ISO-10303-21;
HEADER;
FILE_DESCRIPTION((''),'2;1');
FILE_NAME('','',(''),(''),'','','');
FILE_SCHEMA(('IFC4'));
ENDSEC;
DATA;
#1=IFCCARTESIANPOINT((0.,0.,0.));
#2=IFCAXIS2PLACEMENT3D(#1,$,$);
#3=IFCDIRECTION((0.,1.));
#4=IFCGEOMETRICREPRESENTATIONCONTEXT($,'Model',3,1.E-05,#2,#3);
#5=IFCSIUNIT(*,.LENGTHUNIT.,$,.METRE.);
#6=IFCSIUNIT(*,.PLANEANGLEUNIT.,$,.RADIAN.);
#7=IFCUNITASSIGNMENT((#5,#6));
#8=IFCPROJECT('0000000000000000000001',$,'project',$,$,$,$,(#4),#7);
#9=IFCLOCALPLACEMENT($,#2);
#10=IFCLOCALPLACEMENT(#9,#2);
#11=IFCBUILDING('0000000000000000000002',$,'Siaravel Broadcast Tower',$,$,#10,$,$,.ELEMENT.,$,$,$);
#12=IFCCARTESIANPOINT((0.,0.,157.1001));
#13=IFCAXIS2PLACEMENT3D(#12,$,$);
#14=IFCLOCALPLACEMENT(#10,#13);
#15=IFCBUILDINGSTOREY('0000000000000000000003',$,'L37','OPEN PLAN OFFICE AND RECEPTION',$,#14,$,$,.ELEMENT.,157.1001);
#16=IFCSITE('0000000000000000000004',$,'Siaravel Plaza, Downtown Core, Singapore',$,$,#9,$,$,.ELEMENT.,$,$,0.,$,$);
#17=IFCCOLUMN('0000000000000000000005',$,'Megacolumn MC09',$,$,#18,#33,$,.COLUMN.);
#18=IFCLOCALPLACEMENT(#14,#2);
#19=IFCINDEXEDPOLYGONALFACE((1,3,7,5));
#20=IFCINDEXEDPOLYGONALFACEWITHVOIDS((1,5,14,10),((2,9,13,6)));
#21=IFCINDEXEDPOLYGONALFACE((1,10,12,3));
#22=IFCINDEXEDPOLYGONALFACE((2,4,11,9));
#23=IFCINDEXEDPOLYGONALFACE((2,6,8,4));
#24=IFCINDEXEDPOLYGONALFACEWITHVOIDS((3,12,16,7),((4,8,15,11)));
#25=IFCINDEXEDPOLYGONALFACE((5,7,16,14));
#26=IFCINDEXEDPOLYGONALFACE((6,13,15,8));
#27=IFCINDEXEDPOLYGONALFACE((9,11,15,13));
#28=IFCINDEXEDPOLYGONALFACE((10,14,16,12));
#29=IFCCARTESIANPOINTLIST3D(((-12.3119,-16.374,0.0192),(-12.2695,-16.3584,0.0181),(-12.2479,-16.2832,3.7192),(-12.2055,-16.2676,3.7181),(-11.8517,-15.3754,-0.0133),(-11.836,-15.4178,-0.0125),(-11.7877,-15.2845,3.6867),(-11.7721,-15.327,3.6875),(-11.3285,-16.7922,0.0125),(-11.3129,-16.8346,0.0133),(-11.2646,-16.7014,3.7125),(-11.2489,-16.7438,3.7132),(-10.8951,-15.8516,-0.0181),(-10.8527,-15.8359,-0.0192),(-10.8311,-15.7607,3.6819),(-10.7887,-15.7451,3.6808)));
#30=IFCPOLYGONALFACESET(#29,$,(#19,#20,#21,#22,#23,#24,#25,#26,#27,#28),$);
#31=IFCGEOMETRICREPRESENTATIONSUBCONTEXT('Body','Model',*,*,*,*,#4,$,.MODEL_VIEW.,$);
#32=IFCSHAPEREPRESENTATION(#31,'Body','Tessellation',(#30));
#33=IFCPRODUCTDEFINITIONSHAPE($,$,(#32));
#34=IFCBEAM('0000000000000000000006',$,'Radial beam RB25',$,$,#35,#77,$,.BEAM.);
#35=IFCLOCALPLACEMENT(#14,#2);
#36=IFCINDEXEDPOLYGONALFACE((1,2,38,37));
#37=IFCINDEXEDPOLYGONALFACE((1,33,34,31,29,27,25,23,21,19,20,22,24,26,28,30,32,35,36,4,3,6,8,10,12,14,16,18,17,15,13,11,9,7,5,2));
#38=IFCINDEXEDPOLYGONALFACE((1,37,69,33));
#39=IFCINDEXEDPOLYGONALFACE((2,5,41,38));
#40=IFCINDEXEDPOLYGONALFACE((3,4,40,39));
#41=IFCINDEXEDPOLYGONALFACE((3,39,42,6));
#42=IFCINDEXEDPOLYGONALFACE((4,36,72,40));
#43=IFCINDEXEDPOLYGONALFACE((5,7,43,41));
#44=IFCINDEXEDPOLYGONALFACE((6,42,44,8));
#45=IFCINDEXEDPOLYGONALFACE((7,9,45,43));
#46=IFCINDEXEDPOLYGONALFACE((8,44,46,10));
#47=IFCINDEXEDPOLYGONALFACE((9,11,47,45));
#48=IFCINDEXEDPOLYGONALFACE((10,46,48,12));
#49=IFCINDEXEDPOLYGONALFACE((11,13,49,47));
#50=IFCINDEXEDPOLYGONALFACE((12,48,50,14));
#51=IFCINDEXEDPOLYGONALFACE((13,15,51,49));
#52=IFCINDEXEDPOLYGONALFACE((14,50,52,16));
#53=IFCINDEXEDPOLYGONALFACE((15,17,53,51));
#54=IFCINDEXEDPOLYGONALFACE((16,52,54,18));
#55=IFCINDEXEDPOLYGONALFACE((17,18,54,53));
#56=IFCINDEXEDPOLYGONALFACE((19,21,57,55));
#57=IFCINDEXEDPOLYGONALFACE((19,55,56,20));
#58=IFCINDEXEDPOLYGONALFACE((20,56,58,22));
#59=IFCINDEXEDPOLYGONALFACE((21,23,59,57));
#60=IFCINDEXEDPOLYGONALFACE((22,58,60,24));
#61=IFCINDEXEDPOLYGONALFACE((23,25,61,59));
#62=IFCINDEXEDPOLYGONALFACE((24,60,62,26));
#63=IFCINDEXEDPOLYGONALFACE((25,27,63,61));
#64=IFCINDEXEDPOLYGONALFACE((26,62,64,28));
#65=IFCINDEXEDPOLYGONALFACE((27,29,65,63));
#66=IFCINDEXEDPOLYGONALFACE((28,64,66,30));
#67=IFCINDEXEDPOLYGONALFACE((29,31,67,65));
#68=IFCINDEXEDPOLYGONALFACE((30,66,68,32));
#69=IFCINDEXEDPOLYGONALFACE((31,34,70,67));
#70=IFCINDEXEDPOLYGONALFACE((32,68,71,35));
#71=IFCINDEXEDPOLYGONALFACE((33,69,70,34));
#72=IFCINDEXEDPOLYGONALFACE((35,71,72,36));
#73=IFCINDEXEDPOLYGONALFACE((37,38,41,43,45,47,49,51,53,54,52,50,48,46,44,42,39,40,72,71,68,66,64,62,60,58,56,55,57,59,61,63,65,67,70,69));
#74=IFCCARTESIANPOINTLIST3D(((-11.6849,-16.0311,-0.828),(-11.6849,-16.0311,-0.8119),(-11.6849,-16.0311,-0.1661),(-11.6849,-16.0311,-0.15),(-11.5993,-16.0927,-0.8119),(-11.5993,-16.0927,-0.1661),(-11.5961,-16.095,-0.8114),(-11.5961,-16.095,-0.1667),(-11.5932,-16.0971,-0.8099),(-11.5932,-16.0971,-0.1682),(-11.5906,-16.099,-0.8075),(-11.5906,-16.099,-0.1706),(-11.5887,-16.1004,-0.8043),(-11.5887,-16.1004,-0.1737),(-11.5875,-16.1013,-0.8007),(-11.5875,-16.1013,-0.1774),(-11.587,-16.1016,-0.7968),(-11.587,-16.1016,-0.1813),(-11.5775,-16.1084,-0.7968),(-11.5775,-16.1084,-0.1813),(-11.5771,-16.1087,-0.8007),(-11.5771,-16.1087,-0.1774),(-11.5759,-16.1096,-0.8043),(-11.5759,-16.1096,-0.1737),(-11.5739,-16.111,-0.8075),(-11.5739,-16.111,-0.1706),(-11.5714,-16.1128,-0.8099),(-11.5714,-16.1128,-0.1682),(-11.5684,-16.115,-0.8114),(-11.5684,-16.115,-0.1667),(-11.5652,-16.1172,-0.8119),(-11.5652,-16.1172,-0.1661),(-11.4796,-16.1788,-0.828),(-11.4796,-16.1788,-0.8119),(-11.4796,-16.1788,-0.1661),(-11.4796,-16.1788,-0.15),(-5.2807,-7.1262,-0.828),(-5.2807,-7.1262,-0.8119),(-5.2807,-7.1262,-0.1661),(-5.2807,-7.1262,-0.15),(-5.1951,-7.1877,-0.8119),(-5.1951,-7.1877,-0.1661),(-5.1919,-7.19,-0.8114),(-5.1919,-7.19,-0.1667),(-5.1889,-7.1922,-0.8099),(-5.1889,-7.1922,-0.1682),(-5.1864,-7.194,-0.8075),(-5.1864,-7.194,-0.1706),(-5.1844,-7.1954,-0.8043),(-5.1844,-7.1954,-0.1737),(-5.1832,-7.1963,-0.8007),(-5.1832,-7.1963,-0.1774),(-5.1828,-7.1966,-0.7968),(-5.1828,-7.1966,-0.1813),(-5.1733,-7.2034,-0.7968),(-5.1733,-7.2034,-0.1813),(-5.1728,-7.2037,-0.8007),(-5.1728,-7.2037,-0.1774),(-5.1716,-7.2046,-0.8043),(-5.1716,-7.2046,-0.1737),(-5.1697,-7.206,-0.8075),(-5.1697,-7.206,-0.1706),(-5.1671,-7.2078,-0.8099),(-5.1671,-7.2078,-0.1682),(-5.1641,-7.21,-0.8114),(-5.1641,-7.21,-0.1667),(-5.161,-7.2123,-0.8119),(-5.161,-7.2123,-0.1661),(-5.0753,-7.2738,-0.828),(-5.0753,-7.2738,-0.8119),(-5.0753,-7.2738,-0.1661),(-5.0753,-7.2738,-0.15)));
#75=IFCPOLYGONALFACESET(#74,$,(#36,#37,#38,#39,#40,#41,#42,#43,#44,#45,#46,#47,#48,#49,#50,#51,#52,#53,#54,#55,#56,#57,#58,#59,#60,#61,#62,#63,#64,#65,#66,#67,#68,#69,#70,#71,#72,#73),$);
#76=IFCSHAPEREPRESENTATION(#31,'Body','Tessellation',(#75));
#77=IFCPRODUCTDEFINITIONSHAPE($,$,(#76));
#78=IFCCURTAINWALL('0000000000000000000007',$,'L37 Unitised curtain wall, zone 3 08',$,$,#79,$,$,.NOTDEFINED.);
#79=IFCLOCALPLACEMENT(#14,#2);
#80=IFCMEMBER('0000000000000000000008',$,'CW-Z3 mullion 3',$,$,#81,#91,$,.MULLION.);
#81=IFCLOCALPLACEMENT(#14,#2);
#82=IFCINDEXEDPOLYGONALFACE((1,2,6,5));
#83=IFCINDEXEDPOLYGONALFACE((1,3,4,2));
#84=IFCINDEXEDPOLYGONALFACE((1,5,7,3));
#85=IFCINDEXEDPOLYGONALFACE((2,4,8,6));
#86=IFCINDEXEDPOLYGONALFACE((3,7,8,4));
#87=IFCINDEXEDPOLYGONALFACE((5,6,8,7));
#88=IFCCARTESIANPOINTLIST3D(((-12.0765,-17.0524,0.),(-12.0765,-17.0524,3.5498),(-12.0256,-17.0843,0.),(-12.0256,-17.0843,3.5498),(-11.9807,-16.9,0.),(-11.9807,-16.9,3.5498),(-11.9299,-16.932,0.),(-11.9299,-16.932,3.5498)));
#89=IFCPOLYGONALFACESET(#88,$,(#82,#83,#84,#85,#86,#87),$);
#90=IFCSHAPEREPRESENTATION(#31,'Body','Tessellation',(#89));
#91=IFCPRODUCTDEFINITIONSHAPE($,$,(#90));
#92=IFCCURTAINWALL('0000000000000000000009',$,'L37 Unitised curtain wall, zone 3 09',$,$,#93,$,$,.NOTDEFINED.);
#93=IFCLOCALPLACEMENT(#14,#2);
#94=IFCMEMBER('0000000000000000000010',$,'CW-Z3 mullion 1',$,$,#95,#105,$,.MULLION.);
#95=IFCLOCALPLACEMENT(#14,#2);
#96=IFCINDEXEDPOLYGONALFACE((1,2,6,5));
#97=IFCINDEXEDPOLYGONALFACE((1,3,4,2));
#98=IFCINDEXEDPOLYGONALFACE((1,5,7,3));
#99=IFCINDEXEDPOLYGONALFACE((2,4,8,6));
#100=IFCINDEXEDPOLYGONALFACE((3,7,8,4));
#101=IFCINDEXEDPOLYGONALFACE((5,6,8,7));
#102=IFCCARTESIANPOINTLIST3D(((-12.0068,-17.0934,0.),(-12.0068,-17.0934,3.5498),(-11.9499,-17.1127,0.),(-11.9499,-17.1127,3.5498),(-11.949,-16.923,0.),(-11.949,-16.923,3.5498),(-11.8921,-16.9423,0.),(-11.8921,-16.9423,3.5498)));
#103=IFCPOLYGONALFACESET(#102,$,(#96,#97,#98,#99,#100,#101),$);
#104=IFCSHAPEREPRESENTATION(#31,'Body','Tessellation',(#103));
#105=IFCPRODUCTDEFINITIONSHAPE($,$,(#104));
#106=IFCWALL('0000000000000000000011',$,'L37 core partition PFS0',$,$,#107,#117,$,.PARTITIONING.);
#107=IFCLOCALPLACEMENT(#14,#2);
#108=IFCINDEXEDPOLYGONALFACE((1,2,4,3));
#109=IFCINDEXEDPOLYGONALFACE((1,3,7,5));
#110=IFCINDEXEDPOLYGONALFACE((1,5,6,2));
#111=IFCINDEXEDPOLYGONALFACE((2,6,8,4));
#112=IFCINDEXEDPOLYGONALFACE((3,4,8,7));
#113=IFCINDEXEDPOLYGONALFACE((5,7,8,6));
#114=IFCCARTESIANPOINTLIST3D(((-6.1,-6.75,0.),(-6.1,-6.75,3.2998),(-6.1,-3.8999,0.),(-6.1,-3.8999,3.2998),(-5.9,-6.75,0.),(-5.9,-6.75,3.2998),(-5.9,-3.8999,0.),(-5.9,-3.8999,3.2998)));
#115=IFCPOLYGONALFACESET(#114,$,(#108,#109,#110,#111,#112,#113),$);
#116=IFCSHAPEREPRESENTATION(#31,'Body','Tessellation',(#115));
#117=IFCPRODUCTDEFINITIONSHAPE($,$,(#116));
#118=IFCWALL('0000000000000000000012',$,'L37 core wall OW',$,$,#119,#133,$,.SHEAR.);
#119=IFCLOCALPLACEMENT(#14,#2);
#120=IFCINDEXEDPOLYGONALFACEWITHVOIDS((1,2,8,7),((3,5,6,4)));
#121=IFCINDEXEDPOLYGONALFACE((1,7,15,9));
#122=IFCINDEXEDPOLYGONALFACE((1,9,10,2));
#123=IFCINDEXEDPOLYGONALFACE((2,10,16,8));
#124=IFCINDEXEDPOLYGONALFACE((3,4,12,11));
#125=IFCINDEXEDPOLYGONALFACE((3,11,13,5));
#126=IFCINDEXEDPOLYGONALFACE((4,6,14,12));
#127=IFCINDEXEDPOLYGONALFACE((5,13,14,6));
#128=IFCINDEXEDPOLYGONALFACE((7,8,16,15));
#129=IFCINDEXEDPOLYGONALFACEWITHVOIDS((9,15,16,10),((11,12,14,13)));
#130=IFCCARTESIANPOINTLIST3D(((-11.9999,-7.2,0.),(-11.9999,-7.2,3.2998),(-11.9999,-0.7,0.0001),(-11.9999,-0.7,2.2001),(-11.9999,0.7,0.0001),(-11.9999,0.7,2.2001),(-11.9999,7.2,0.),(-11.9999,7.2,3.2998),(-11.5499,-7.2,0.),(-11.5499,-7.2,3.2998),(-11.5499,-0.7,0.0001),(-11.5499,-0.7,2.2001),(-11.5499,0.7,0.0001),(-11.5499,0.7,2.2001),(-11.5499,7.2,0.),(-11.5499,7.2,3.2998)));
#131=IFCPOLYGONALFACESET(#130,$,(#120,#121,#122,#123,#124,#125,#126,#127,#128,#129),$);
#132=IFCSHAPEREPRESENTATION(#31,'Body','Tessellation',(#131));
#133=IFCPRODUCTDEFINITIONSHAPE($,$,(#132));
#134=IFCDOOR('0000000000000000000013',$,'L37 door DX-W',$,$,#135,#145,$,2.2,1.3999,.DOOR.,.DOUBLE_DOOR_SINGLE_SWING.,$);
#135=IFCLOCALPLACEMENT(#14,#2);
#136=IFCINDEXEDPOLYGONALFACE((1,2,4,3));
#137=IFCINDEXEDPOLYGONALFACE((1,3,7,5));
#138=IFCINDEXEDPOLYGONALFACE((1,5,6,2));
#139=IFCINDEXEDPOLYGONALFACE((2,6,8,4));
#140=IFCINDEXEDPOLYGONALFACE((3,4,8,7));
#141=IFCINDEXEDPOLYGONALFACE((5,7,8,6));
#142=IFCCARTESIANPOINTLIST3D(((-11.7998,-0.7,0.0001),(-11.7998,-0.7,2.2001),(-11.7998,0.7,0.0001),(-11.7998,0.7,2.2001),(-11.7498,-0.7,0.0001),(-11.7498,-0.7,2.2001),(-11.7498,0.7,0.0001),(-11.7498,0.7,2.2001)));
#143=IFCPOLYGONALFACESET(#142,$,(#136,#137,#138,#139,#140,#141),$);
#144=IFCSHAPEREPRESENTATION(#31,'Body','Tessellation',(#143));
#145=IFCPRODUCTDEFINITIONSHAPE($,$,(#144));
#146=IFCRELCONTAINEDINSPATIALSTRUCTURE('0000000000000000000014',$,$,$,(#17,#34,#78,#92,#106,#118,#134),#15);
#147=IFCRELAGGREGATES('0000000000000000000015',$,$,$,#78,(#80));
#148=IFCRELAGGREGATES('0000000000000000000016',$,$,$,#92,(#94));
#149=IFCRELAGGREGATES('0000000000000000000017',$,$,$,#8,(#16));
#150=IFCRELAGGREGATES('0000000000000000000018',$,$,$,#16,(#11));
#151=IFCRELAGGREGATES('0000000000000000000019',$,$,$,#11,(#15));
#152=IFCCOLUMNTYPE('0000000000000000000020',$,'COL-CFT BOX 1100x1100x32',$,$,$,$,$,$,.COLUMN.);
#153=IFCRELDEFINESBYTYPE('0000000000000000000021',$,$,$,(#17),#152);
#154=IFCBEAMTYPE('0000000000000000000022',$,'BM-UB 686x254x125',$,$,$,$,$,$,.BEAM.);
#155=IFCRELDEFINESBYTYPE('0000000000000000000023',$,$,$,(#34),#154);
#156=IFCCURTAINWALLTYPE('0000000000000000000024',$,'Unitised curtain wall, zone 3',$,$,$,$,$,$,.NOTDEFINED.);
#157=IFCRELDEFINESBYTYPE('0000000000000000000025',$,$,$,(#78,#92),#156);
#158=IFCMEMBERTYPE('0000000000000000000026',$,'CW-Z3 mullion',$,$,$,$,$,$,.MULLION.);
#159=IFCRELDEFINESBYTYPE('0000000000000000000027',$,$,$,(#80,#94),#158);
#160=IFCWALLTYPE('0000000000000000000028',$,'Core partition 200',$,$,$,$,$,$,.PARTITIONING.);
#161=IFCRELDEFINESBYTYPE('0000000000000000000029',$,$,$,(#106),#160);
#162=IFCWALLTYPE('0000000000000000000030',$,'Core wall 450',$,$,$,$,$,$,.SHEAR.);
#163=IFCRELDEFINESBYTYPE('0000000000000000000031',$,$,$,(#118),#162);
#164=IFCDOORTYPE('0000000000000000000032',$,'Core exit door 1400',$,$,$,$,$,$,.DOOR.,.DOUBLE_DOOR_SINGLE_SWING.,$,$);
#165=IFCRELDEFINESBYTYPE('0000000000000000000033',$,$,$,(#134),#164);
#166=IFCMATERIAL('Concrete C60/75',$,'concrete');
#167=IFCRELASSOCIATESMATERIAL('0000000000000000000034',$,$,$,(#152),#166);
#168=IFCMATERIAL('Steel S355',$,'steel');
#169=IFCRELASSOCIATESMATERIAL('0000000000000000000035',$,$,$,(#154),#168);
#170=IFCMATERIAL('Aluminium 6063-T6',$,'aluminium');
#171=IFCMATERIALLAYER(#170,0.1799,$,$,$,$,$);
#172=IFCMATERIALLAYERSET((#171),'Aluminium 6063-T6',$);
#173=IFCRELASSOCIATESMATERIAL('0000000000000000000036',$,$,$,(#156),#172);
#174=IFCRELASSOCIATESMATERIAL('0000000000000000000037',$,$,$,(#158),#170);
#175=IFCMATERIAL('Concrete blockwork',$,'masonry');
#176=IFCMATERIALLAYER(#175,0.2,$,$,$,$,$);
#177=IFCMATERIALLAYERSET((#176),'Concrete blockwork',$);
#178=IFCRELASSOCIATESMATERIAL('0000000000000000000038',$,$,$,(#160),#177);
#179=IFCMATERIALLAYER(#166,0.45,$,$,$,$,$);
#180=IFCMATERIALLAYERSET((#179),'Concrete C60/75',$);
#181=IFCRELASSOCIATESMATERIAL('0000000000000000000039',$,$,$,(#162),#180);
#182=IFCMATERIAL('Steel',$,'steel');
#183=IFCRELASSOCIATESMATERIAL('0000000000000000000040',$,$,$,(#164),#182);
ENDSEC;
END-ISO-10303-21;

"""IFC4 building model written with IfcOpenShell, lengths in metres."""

from ifc_helpers import new_model, si_unit, direction, frame, frame_2d, origin, origin_2d, place, context, subcontext, project, spatial, rectangle, hollow_rectangle, i_section, extrude, material, layer, layer_set, material_profile, profile_set, type_object, element, fill, aggregate, save


model = new_model("IFC4")

# Units and contexts
model_context = context("Model", 3, precision=1e-05, world=origin(), true_north=direction((0.0, 1.0)))
body_context = subcontext(model_context, "Body", "Model", "MODEL_VIEW")
ifc_project = project(units=[si_unit("LENGTHUNIT", "METRE"), si_unit("PLANEANGLEUNIT", "RADIAN")], contexts=[model_context])

# Site, building, storey
site_placement = place(None, origin())
site = spatial("IfcSite", under=ifc_project, at=site_placement, Name="Siaravel Plaza, Downtown Core, Singapore", CompositionType="ELEMENT", RefElevation=0.0)
building_placement = place(site_placement, origin())
building = spatial("IfcBuilding", under=site, at=building_placement, Name="Siaravel Broadcast Tower", CompositionType="ELEMENT")
storey_placement = place(building_placement, frame((0.0, 0.0, 157.1001)))
storey = spatial("IfcBuildingStorey", under=building, at=storey_placement, Name="L37", Description="OPEN PLAN OFFICE AND RECEPTION", CompositionType="ELEMENT", Elevation=157.1001)

# Column
ifc_material_1 = material(Name="Concrete C60/75", Category="concrete")
ifc_material_profile_1 = material_profile(ifc_material_1, hollow_rectangle(XDim=1.1001, YDim=1.1001, WallThickness=0.032, at=origin_2d()))
ifc_profile_set_1 = profile_set([ifc_material_profile_1], Name="Concrete C60/75")
column_type = type_object("IfcColumnType", Name="COL-CFT BOX 1100x1100x32", PredefinedType="COLUMN", material=ifc_profile_set_1)
column_placement = place(storey_placement, frame((-11.5823, -16.105, 0.0), z_axis=(0.01728, 0.024535, 0.99955), x_axis=(-0.908132, 0.418648, 0.005424)))
element("IfcColumn", 1, at=column_placement, inside=storey, type_object=column_type, Name="Megacolumn MC09", PredefinedType="COLUMN", context=body_context, shape_type="SweptSolid", body=[
    extrude(hollow_rectangle(XDim=1.1001, YDim=1.1001, WallThickness=0.032, at=origin_2d()), origin(), (0.0, 0.0, 1.0), 3.7017),
])

# Beam
ifc_material_2 = material(Name="Steel S355", Category="steel")
ifc_material_profile_2 = material_profile(ifc_material_2, i_section(OverallWidth=0.2529, OverallDepth=0.678, WebThickness=0.0117, FlangeThickness=0.0161, FilletRadius=0.0151, at=origin_2d()))
ifc_profile_set_2 = profile_set([ifc_material_profile_2], Name="Steel S355")
beam_type = type_object("IfcBeamType", Name="BM-UB 686x254x125", PredefinedType="BEAM", material=ifc_profile_set_2)
beam_placement = place(storey_placement, frame((-11.5823, -16.105, -0.489), z_axis=(0.583865, 0.811851, 0.0), x_axis=(-0.811851, 0.583865, 0.0)))
element("IfcBeam", 2, at=beam_placement, inside=storey, type_object=beam_type, Name="Radial beam RB25", PredefinedType="BEAM", context=body_context, shape_type="SweptSolid", body=[
    extrude(i_section(OverallWidth=0.2529, OverallDepth=0.678, WebThickness=0.0117, FlangeThickness=0.0161, FilletRadius=0.0151, at=origin_2d()), origin(), (0.0, 0.0, 1.0), 10.9688),
])

# Curtain walls, members
ifc_material_3 = material(Name="Aluminium 6063-T6", Category="aluminium")
ifc_layer_1 = layer(ifc_material_3, 0.1799)
ifc_layer_set_1 = layer_set([ifc_layer_1], Name="Aluminium 6063-T6")
curtain_wall_type = type_object("IfcCurtainWallType", Name="Unitised curtain wall, zone 3", PredefinedType="NOTDEFINED", material=ifc_layer_set_1)
curtain_wall_1_placement = place(storey_placement, origin())
curtain_wall_1 = element("IfcCurtainWall", 3, at=curtain_wall_1_placement, inside=storey, type_object=curtain_wall_type, Name="L37 Unitised curtain wall, zone 3 08", PredefinedType="NOTDEFINED")
ifc_material_profile_3 = material_profile(ifc_material_3, rectangle(XDim=0.1799, YDim=0.0601, at=origin_2d()))
ifc_profile_set_3 = profile_set([ifc_material_profile_3], Name="Aluminium 6063-T6")
member_type = type_object("IfcMemberType", Name="CW-Z3 mullion", PredefinedType="MULLION", material=ifc_profile_set_3)
member_1_placement = place(storey_placement, frame((-12.0032, -16.9922, 0.0), z_axis=(0.0, 0.0, 1.0), x_axis=(0.53215, 0.84665, 0.0)))
member_1 = element("IfcMember", 4, at=member_1_placement, type_object=member_type, Name="CW-Z3 mullion 3", PredefinedType="MULLION", context=body_context, shape_type="SweptSolid", body=[
    extrude(rectangle(XDim=0.1799, YDim=0.0601, at=origin_2d()), origin(), (0.0, 0.0, 1.0), 3.5498),
])
aggregate(curtain_wall_1, [member_1])
curtain_wall_2_placement = place(storey_placement, origin())
curtain_wall_2 = element("IfcCurtainWall", 5, at=curtain_wall_2_placement, inside=storey, type_object=curtain_wall_type, Name="L37 Unitised curtain wall, zone 3 09", PredefinedType="NOTDEFINED")
member_2_placement = place(storey_placement, frame((-11.9495, -17.0178, 0.0), z_axis=(0.0, 0.0, 1.0), x_axis=(0.321301, 0.946977, 0.0)))
member_2 = element("IfcMember", 6, at=member_2_placement, type_object=member_type, Name="CW-Z3 mullion 1", PredefinedType="MULLION", context=body_context, shape_type="SweptSolid", body=[
    extrude(rectangle(XDim=0.1799, YDim=0.0601, at=origin_2d()), origin(), (0.0, 0.0, 1.0), 3.5498),
])
aggregate(curtain_wall_2, [member_2])

# Wall
ifc_material_4 = material(Name="Concrete blockwork", Category="masonry")
ifc_layer_2 = layer(ifc_material_4, 0.2)
ifc_layer_set_2 = layer_set([ifc_layer_2], Name="Concrete blockwork")
wall_type_1 = type_object("IfcWallType", Name="Core partition 200", PredefinedType="PARTITIONING", material=ifc_layer_set_2)
wall_1_placement = place(storey_placement, frame((-6.0, -6.75, 0.0), z_axis=(0.0, 0.0, 1.0), x_axis=(0.0, 1.0, 0.0)))
element("IfcWall", 7, at=wall_1_placement, inside=storey, type_object=wall_type_1, Name="L37 core partition PFS0", PredefinedType="PARTITIONING", context=body_context, shape_type="SweptSolid", body=[
    extrude(rectangle(XDim=2.8501, YDim=0.2, at=frame_2d((1.425, 0.0))), origin(), (0.0, 0.0, 1.0), 3.2998),
])

# Wall, opening, door
ifc_layer_3 = layer(ifc_material_1, 0.45)
ifc_layer_set_3 = layer_set([ifc_layer_3], Name="Concrete C60/75")
wall_type_2 = type_object("IfcWallType", Name="Core wall 450", PredefinedType="SHEAR", material=ifc_layer_set_3)
wall_2_placement = place(storey_placement, frame((-11.7749, -7.2, 0.0), z_axis=(0.0, 0.0, 1.0), x_axis=(0.0, 1.0, 0.0)))
wall_2 = element("IfcWall", 8, at=wall_2_placement, inside=storey, type_object=wall_type_2, Name="L37 core wall OW", PredefinedType="SHEAR", context=body_context, shape_type="SweptSolid", body=[
    extrude(rectangle(XDim=14.3999, YDim=0.45, at=frame_2d((7.2, 0.0))), origin(), (0.0, 0.0, 1.0), 3.2998),
])
opening_1_placement = place(wall_2_placement, frame((6.5, 0.0, 0.0)))
opening_1 = element("IfcOpeningElement", 9, at=opening_1_placement, cuts=wall_2, PredefinedType="OPENING", context=body_context, shape_type="SweptSolid", body=[
    extrude(rectangle(XDim=1.3999, YDim=2.2, at=frame_2d((0.7, 1.1001))), frame((0.0, 0.2349, 0.0), z_axis=(0.0, -1.0, 0.0), x_axis=(1.0, 0.0, 0.0)), (0.0, 0.0, 1.0), 0.47),
])
ifc_material_5 = material(Name="Steel", Category="steel")
door_type_1 = type_object("IfcDoorType", Name="Core exit door 1400", OperationType="DOUBLE_DOOR_SINGLE_SWING", PredefinedType="DOOR", material=ifc_material_5)
door_1_placement = place(opening_1_placement, origin())
door_1 = element("IfcDoor", 10, at=door_1_placement, inside=storey, type_object=door_type_1, Name="L37 door DX-W", OperationType="DOUBLE_DOOR_SINGLE_SWING", OverallHeight=2.2, OverallWidth=1.3999, PredefinedType="DOOR", context=body_context, shape_type="SweptSolid", body=[
    extrude(rectangle(XDim=1.3999, YDim=2.2, at=frame_2d((0.7, 1.1001))), frame((0.0, 0.0249, 0.0), z_axis=(0.0, -1.0, 0.0), x_axis=(1.0, 0.0, 0.0)), (0.0, 0.0, 1.0), 0.05),
])
fill(opening_1, door_1)

save(model, "model.ifc")
